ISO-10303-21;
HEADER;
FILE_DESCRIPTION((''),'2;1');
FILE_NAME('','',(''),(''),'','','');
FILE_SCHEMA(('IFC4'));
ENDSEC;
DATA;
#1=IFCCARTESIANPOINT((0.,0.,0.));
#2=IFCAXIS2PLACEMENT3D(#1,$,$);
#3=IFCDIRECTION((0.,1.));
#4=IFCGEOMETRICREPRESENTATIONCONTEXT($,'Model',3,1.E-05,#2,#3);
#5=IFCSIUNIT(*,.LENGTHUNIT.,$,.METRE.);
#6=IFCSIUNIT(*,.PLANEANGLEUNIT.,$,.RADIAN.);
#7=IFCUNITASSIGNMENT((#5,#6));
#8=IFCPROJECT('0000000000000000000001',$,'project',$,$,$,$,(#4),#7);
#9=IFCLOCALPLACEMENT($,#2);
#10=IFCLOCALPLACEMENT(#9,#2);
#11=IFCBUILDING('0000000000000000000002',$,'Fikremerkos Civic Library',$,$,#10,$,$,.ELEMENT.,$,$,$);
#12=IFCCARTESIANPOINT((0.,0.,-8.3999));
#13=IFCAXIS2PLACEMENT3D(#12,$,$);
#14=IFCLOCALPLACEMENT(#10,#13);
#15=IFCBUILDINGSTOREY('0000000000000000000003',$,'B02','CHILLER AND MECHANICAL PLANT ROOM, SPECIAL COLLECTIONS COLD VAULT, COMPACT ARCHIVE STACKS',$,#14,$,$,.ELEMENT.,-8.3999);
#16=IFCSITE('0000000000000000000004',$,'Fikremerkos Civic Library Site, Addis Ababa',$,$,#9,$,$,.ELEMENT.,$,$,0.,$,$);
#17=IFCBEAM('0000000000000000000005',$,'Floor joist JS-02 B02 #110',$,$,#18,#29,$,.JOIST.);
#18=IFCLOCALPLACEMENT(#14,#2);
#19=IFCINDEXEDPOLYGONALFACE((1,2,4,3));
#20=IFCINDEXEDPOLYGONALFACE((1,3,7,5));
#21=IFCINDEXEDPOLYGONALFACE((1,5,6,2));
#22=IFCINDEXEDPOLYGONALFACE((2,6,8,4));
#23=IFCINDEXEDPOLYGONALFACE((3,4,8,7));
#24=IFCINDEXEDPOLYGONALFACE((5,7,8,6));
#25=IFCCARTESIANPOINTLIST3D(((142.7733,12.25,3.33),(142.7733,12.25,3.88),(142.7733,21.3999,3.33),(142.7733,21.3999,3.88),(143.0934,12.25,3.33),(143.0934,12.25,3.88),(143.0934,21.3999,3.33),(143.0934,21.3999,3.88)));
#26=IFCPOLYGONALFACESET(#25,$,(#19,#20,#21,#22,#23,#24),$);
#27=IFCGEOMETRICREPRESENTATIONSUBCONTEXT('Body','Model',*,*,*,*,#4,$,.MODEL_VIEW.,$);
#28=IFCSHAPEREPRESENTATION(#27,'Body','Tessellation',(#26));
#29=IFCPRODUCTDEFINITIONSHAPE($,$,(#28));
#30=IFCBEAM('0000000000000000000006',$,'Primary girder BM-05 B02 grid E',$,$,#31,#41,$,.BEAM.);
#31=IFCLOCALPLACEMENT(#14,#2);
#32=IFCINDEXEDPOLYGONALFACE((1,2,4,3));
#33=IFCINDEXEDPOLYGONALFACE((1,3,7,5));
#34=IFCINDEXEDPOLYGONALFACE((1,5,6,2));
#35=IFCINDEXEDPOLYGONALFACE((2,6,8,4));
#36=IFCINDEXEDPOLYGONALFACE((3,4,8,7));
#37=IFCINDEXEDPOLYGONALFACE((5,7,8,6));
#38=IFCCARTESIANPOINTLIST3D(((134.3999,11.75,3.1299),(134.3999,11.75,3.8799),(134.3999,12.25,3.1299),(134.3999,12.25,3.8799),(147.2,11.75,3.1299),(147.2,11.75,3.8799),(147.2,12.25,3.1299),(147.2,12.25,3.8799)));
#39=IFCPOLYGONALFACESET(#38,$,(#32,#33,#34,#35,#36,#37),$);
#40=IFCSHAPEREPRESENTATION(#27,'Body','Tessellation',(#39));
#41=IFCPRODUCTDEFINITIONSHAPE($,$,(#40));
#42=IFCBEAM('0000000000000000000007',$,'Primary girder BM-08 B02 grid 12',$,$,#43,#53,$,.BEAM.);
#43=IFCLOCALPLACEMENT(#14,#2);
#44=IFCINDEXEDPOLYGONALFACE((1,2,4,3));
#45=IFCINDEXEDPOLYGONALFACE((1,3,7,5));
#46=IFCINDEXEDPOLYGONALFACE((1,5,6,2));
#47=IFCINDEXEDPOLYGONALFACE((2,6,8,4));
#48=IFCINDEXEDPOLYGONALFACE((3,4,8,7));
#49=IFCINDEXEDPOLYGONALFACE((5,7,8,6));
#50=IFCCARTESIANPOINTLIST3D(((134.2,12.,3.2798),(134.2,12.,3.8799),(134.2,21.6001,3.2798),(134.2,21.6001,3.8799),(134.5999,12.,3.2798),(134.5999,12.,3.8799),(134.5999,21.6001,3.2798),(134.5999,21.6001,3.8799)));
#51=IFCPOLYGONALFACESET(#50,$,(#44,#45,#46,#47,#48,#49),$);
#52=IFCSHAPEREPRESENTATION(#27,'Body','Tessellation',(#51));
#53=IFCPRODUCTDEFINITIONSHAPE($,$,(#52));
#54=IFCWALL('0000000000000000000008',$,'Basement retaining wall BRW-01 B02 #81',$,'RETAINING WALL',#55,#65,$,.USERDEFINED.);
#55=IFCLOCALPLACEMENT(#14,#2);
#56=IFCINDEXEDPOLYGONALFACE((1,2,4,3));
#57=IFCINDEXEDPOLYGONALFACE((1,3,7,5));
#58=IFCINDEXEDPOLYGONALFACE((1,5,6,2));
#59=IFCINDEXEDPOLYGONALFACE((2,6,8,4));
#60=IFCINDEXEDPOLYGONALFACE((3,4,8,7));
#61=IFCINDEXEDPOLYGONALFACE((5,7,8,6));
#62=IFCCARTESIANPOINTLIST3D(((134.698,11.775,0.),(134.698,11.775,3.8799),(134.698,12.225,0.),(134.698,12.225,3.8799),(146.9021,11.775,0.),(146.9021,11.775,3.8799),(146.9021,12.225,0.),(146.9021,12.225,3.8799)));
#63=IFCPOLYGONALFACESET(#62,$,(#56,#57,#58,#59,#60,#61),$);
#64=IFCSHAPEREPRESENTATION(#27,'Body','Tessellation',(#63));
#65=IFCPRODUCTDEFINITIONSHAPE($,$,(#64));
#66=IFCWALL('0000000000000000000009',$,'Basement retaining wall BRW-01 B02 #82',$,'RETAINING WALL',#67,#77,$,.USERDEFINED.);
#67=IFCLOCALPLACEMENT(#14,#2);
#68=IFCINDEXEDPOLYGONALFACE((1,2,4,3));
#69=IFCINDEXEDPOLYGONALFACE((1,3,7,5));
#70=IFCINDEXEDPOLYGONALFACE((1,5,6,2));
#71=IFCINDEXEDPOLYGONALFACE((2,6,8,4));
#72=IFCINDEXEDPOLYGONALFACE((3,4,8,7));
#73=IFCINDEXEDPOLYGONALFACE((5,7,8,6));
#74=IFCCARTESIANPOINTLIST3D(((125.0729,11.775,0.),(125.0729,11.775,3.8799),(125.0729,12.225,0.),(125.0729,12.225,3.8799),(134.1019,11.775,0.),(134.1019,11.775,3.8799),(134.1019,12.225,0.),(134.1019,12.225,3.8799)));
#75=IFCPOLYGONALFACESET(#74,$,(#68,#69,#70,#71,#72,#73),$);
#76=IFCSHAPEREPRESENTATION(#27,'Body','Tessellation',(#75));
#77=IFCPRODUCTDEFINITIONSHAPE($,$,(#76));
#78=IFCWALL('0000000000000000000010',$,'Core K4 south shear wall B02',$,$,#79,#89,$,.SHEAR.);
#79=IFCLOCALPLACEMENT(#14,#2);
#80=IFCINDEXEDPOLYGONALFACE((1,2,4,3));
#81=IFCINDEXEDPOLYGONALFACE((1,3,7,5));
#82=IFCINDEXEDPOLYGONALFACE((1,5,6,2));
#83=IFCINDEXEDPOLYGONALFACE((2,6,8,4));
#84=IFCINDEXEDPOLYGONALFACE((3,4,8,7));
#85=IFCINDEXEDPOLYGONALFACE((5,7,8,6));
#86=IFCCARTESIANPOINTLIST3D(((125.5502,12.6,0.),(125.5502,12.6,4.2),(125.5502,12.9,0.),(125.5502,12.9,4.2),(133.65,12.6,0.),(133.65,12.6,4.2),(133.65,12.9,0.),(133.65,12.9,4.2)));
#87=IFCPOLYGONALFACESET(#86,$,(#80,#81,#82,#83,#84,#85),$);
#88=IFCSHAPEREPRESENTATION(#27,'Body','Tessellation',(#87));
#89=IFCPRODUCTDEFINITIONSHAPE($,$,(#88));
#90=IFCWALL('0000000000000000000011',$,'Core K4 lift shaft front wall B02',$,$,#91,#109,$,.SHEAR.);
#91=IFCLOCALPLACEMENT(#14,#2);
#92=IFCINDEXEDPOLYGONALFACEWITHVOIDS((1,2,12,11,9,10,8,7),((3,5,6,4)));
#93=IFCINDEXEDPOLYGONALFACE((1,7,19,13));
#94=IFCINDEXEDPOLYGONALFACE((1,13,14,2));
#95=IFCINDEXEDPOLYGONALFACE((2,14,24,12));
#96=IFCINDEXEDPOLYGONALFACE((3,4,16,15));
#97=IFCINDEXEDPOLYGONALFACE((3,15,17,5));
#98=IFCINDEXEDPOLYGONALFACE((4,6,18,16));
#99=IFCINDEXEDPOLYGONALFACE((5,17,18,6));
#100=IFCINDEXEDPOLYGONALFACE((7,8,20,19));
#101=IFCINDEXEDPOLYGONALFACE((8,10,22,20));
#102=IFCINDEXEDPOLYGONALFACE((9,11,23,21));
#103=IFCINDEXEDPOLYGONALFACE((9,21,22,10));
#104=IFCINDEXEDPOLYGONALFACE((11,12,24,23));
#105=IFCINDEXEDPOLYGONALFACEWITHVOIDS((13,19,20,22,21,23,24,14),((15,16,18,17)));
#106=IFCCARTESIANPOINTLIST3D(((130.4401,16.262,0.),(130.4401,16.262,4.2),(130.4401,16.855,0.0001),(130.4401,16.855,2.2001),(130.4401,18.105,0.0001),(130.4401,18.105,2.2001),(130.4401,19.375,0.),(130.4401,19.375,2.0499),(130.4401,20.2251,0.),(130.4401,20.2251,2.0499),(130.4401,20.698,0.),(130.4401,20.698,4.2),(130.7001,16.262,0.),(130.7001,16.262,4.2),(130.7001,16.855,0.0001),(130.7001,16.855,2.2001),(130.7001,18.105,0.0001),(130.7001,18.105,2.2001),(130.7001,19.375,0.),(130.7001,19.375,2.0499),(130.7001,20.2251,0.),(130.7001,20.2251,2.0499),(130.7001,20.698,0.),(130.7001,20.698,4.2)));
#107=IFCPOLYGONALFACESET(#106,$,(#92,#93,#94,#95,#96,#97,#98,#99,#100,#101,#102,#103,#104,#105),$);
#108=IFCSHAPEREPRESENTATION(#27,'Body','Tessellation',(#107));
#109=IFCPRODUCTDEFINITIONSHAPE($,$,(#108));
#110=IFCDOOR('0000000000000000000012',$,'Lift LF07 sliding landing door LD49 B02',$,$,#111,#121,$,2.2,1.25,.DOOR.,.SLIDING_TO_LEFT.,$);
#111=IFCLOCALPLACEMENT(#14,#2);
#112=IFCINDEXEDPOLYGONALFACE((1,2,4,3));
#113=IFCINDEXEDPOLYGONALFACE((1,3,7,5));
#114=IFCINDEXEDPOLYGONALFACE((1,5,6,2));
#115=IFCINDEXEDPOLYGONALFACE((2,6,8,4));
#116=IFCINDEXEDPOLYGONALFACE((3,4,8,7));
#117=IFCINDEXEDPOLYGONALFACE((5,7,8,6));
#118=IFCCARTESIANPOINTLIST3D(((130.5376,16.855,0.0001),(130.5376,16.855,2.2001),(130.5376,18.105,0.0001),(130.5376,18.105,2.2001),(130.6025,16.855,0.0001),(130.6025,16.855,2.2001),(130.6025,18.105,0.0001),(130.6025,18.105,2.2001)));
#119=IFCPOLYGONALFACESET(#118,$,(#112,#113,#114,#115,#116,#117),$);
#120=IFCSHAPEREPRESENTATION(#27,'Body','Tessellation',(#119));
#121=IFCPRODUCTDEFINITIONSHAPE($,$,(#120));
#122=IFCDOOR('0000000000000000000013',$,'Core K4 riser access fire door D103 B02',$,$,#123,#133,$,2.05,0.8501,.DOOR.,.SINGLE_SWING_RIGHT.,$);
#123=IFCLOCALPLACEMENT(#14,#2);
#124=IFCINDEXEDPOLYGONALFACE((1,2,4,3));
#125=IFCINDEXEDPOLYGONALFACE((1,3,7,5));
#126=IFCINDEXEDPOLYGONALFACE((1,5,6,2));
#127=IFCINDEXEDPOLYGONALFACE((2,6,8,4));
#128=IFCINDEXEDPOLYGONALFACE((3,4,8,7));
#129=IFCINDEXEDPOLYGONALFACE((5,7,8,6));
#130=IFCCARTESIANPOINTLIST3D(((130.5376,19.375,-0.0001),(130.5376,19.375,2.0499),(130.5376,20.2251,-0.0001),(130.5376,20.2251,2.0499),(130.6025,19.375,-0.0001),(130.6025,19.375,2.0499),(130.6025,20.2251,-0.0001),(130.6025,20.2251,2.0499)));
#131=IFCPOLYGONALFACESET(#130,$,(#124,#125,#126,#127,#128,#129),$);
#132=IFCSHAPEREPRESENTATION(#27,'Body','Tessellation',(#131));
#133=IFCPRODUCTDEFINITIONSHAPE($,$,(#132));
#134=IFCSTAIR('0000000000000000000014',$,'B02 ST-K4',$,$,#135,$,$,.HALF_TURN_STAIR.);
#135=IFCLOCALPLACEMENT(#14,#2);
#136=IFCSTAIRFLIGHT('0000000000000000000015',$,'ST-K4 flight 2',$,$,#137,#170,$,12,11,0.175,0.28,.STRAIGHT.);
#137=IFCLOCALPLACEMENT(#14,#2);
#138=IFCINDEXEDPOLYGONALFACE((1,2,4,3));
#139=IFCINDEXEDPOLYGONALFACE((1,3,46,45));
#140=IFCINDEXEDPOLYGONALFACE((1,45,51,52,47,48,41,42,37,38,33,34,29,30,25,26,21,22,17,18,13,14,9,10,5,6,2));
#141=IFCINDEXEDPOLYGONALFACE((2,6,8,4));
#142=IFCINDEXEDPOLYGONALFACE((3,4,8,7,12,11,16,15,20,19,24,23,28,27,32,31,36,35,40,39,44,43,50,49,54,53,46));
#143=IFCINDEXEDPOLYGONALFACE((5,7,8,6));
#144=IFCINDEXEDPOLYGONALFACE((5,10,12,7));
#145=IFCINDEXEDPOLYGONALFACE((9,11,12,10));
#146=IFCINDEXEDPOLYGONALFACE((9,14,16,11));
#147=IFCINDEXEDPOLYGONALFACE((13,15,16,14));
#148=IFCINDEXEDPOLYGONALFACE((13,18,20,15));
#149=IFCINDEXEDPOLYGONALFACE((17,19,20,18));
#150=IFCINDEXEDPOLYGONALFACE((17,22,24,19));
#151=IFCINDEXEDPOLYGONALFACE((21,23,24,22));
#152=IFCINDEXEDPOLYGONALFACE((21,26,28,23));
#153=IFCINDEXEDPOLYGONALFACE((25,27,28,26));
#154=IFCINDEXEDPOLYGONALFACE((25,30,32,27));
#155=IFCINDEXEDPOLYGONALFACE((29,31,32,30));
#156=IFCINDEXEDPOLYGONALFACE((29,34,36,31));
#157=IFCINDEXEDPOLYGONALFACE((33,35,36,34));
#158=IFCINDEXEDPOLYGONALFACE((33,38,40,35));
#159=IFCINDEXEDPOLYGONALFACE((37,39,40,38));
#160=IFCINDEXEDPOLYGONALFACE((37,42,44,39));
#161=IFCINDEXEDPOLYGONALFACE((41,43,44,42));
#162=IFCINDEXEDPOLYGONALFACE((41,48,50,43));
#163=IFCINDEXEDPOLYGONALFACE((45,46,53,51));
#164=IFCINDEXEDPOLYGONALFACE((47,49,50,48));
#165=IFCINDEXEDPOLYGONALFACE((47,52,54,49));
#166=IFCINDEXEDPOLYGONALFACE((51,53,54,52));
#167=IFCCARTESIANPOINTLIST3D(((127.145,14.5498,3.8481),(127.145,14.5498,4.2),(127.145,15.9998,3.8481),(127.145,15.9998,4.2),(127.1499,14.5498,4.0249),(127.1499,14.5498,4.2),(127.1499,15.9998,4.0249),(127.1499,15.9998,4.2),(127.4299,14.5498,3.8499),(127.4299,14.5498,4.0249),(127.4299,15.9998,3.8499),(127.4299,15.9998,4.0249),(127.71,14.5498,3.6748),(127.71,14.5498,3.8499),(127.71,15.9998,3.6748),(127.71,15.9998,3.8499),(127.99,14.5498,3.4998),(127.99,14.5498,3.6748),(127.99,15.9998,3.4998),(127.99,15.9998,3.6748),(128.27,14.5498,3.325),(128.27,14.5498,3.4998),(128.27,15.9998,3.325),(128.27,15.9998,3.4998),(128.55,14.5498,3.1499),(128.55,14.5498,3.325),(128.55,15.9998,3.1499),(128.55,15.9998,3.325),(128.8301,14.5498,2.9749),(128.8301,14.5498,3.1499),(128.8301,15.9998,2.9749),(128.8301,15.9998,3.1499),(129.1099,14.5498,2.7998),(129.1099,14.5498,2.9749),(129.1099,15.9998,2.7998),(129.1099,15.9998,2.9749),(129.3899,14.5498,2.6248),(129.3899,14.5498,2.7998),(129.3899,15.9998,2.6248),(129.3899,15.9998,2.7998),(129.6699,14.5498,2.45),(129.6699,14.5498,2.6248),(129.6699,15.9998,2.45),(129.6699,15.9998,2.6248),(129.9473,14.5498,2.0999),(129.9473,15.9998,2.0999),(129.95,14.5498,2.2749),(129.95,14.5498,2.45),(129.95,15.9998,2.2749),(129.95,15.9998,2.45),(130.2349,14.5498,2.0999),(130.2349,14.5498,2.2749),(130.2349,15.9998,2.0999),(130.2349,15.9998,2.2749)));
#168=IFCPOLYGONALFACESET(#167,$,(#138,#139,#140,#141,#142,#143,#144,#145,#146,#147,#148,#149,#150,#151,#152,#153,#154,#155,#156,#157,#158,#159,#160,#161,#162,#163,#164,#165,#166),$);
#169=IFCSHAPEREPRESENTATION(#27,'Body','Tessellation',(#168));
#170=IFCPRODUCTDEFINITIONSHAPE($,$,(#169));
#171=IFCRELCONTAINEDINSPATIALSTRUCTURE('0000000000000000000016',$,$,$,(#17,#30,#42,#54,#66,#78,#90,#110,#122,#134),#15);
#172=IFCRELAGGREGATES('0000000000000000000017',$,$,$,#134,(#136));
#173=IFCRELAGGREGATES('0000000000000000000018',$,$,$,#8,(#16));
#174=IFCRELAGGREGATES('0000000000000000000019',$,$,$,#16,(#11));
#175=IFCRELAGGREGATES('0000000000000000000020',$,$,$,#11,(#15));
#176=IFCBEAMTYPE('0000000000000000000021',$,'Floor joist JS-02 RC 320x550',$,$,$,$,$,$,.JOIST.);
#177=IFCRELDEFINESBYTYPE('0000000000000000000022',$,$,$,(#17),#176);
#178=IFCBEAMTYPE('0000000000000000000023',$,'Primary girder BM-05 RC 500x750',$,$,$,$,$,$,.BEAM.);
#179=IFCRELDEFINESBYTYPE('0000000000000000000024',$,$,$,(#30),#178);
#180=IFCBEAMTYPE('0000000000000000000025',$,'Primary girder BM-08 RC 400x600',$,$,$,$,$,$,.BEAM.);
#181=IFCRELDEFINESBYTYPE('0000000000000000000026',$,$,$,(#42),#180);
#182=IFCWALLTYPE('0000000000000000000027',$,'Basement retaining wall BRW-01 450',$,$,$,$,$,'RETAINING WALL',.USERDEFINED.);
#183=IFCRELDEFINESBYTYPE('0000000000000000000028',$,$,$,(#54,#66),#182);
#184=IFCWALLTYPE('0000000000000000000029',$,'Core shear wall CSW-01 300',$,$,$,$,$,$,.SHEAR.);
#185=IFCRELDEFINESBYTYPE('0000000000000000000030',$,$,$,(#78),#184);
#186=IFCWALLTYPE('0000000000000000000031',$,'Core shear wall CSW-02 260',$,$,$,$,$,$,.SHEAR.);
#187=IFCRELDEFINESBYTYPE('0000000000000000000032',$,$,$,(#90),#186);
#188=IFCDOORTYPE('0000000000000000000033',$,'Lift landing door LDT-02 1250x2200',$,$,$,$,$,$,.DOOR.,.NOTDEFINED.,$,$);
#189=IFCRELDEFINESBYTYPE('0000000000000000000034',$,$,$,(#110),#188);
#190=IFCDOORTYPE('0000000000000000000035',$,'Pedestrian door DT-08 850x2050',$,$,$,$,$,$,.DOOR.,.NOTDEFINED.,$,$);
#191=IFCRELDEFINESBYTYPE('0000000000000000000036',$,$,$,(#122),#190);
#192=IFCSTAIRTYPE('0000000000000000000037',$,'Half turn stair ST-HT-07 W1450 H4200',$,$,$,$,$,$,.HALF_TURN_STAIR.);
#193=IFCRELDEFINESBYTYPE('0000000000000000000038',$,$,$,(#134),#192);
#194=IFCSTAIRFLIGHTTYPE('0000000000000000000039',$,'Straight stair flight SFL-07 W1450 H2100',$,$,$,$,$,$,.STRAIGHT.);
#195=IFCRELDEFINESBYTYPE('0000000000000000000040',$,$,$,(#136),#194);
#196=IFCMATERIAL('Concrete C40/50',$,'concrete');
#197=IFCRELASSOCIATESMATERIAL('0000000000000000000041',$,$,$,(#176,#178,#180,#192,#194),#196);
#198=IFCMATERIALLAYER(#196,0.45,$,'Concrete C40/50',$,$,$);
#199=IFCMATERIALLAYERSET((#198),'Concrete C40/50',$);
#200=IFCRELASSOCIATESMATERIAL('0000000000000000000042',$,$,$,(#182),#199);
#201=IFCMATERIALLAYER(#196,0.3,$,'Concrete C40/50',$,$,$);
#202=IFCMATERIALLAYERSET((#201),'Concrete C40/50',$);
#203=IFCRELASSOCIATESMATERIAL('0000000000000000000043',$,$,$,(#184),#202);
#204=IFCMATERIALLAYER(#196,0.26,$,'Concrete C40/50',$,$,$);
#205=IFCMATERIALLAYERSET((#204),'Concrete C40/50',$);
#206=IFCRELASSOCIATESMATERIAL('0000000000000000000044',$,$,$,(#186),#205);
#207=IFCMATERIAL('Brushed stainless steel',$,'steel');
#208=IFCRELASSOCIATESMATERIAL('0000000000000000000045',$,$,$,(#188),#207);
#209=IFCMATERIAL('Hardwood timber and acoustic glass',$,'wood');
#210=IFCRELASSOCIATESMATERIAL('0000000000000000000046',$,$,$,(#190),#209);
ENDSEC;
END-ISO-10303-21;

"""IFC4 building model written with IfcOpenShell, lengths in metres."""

from ifc_helpers import new_model, si_unit, direction, frame, frame_2d, origin, origin_2d, place, context, subcontext, project, spatial, polyline, rectangle, outline, extrude, material, layer, layer_set, material_profile, profile_set, type_object, element, fill, aggregate, save


model = new_model("IFC4")

# Units and contexts
model_context = context("Model", 3, precision=1e-05, world=origin(), true_north=direction((0.0, 1.0)))
body_context = subcontext(model_context, "Body", "Model", "MODEL_VIEW")
ifc_project = project(units=[si_unit("LENGTHUNIT", "METRE"), si_unit("PLANEANGLEUNIT", "RADIAN")], contexts=[model_context])

# Site, building, storey
site_placement = place(None, origin())
site = spatial("IfcSite", under=ifc_project, at=site_placement, Name="Fikremerkos Civic Library Site, Addis Ababa", CompositionType="ELEMENT", RefElevation=0.0)
building_placement = place(site_placement, origin())
building = spatial("IfcBuilding", under=site, at=building_placement, Name="Fikremerkos Civic Library", CompositionType="ELEMENT")
storey_placement = place(building_placement, frame((0.0, 0.0, -8.3999)))
storey = spatial("IfcBuildingStorey", under=building, at=storey_placement, Name="B02", Description="CHILLER AND MECHANICAL PLANT ROOM, SPECIAL COLLECTIONS COLD VAULT, COMPACT ARCHIVE STACKS", CompositionType="ELEMENT", Elevation=-8.3999)

# Shared definitions
ifc_material_1 = material(Name="Concrete C40/50", Category="concrete")

# Beams
ifc_material_profile_1 = material_profile(ifc_material_1, rectangle(XDim=0.3201, YDim=0.55, at=origin_2d()), Name="RC 320x550")
ifc_profile_set_1 = profile_set([ifc_material_profile_1], Name="Concrete C40/50")
beam_type_1 = type_object("IfcBeamType", Name="Floor joist JS-02 RC 320x550", PredefinedType="JOIST", material=ifc_profile_set_1)
beam_1_placement = place(storey_placement, frame((142.9333, 12.25, 3.605), z_axis=(0.0, 1.0, 0.0), x_axis=(-1.0, 0.0, 0.0)))
element("IfcBeam", 1, at=beam_1_placement, inside=storey, type_object=beam_type_1, Name="Floor joist JS-02 B02 #110", PredefinedType="JOIST", context=body_context, shape_type="SweptSolid", body=[
    extrude(rectangle(XDim=0.3201, YDim=0.55, at=origin_2d()), origin(), (0.0, 0.0, 1.0), 9.1499),
])
ifc_material_profile_2 = material_profile(ifc_material_1, rectangle(XDim=0.5, YDim=0.75, at=origin_2d()), Name="RC 500x750")
ifc_profile_set_2 = profile_set([ifc_material_profile_2], Name="Concrete C40/50")
beam_type_2 = type_object("IfcBeamType", Name="Primary girder BM-05 RC 500x750", PredefinedType="BEAM", material=ifc_profile_set_2)
beam_2_placement = place(storey_placement, frame((134.3999, 12.0, 3.5049), z_axis=(1.0, 0.0, 0.0), x_axis=(0.0, 1.0, 0.0)))
element("IfcBeam", 2, at=beam_2_placement, inside=storey, type_object=beam_type_2, Name="Primary girder BM-05 B02 grid E", PredefinedType="BEAM", context=body_context, shape_type="SweptSolid", body=[
    extrude(rectangle(XDim=0.5, YDim=0.75, at=origin_2d()), origin(), (0.0, 0.0, 1.0), 12.8),
])
ifc_material_profile_3 = material_profile(ifc_material_1, rectangle(XDim=0.3999, YDim=0.6001, at=origin_2d()), Name="RC 400x600")
ifc_profile_set_3 = profile_set([ifc_material_profile_3], Name="Concrete C40/50")
beam_type_3 = type_object("IfcBeamType", Name="Primary girder BM-08 RC 400x600", PredefinedType="BEAM", material=ifc_profile_set_3)
beam_3_placement = place(storey_placement, frame((134.3999, 12.0, 3.5798), z_axis=(0.0, 1.0, 0.0), x_axis=(-1.0, 0.0, 0.0)))
element("IfcBeam", 3, at=beam_3_placement, inside=storey, type_object=beam_type_3, Name="Primary girder BM-08 B02 grid 12", PredefinedType="BEAM", context=body_context, shape_type="SweptSolid", body=[
    extrude(rectangle(XDim=0.3999, YDim=0.6001, at=origin_2d()), origin(), (0.0, 0.0, 1.0), 9.6001),
])

# Walls
ifc_layer_1 = layer(ifc_material_1, 0.45, Name="Concrete C40/50")
ifc_layer_set_1 = layer_set([ifc_layer_1], Name="Concrete C40/50")
wall_type_1 = type_object("IfcWallType", Name="Basement retaining wall BRW-01 450", ElementType="RETAINING WALL", PredefinedType="USERDEFINED", material=ifc_layer_set_1)
wall_1_placement = place(storey_placement, frame((146.9021, 12.0, 0.0), z_axis=(0.0, 0.0, 1.0), x_axis=(-1.0, 0.0, 0.0)))
element("IfcWall", 4, at=wall_1_placement, inside=storey, type_object=wall_type_1, Name="Basement retaining wall BRW-01 B02 #81", ObjectType="RETAINING WALL", PredefinedType="USERDEFINED", context=body_context, shape_type="SweptSolid", body=[
    extrude(rectangle(XDim=12.2041, YDim=0.45, at=frame_2d((6.1021, 0.0))), origin(), (0.0, 0.0, 1.0), 3.8799),
])
wall_2_placement = place(storey_placement, frame((134.1021, 12.0, 0.0), z_axis=(0.0, 0.0, 1.0), x_axis=(-1.0, 0.0, 0.0)))
element("IfcWall", 5, at=wall_2_placement, inside=storey, type_object=wall_type_1, Name="Basement retaining wall BRW-01 B02 #82", ObjectType="RETAINING WALL", PredefinedType="USERDEFINED", context=body_context, shape_type="SweptSolid", body=[
    extrude(rectangle(XDim=9.0291, YDim=0.45, at=frame_2d((4.5146, 0.0))), origin(), (0.0, 0.0, 1.0), 3.8799),
])
ifc_layer_2 = layer(ifc_material_1, 0.3, Name="Concrete C40/50")
ifc_layer_set_2 = layer_set([ifc_layer_2], Name="Concrete C40/50")
wall_type_2 = type_object("IfcWallType", Name="Core shear wall CSW-01 300", PredefinedType="SHEAR", material=ifc_layer_set_2)
wall_3_placement = place(storey_placement, frame((133.6499, 12.75, 0.0), z_axis=(0.0, 0.0, 1.0), x_axis=(-1.0, 0.0, 0.0)))
element("IfcWall", 6, at=wall_3_placement, inside=storey, type_object=wall_type_2, Name="Core K4 south shear wall B02", PredefinedType="SHEAR", context=body_context, shape_type="SweptSolid", body=[
    extrude(rectangle(XDim=8.0999, YDim=0.3, at=frame_2d((4.0498, 0.0))), origin(), (0.0, 0.0, 1.0), 4.2),
])

# Wall, openings, doors
ifc_layer_3 = layer(ifc_material_1, 0.26, Name="Concrete C40/50")
ifc_layer_set_3 = layer_set([ifc_layer_3], Name="Concrete C40/50")
wall_type_3 = type_object("IfcWallType", Name="Core shear wall CSW-02 260", PredefinedType="SHEAR", material=ifc_layer_set_3)
wall_4_placement = place(storey_placement, frame((130.5701, 16.262, 0.0), z_axis=(0.0, 0.0, 1.0), x_axis=(0.0, 1.0, 0.0)))
wall_4 = element("IfcWall", 7, at=wall_4_placement, inside=storey, type_object=wall_type_3, Name="Core K4 lift shaft front wall B02", PredefinedType="SHEAR", context=body_context, shape_type="SweptSolid", body=[
    extrude(rectangle(XDim=4.436, YDim=0.26, at=frame_2d((2.218, 0.0))), origin(), (0.0, 0.0, 1.0), 4.2),
])
opening_1_placement = place(wall_4_placement, frame((3.113, 0.0, 0.0)))
opening_1 = element("IfcOpeningElement", 8, at=opening_1_placement, cuts=wall_4, PredefinedType="OPENING", context=body_context, shape_type="SweptSolid", body=[
    extrude(rectangle(XDim=0.8501, YDim=2.05, at=frame_2d((0.425, 1.0249))), frame((0.0, 0.1399, 0.0), z_axis=(0.0, -1.0, 0.0), x_axis=(1.0, 0.0, 0.0)), (0.0, 0.0, 1.0), 0.28),
])
opening_2_placement = place(wall_4_placement, frame((0.593, 0.0, 0.0)))
opening_2 = element("IfcOpeningElement", 9, at=opening_2_placement, cuts=wall_4, PredefinedType="OPENING", context=body_context, shape_type="SweptSolid", body=[
    extrude(rectangle(XDim=1.25, YDim=2.2, at=frame_2d((0.625, 1.1001))), frame((0.0, 0.1399, 0.0), z_axis=(0.0, -1.0, 0.0), x_axis=(1.0, 0.0, 0.0)), (0.0, 0.0, 1.0), 0.28),
])
ifc_material_2 = material(Name="Brushed stainless steel", Category="steel")
door_type_1 = type_object("IfcDoorType", Name="Lift landing door LDT-02 1250x2200", OperationType="NOTDEFINED", PredefinedType="DOOR", material=ifc_material_2)
door_1_placement = place(opening_2_placement, origin())
door_1 = element("IfcDoor", 10, at=door_1_placement, inside=storey, type_object=door_type_1, Name="Lift LF07 sliding landing door LD49 B02", OperationType="SLIDING_TO_LEFT", OverallHeight=2.2, OverallWidth=1.25, PredefinedType="DOOR", context=body_context, shape_type="SweptSolid", body=[
    extrude(rectangle(XDim=1.25, YDim=2.2, at=frame_2d((0.625, 1.1001))), frame((0.0, 0.0325, 0.0), z_axis=(0.0, -1.0, 0.0), x_axis=(1.0, 0.0, 0.0)), (0.0, 0.0, 1.0), 0.0649),
])
fill(opening_2, door_1)
ifc_material_3 = material(Name="Hardwood timber and acoustic glass", Category="wood")
door_type_2 = type_object("IfcDoorType", Name="Pedestrian door DT-08 850x2050", OperationType="NOTDEFINED", PredefinedType="DOOR", material=ifc_material_3)
door_2_placement = place(opening_1_placement, origin())
door_2 = element("IfcDoor", 11, at=door_2_placement, inside=storey, type_object=door_type_2, Name="Core K4 riser access fire door D103 B02", OperationType="SINGLE_SWING_RIGHT", OverallHeight=2.05, OverallWidth=0.8501, PredefinedType="DOOR", context=body_context, shape_type="SweptSolid", body=[
    extrude(rectangle(XDim=0.8501, YDim=2.05, at=frame_2d((0.425, 1.0249))), frame((0.0, 0.0325, 0.0), z_axis=(0.0, -1.0, 0.0), x_axis=(1.0, 0.0, 0.0)), (0.0, 0.0, 1.0), 0.0649),
])
fill(opening_1, door_2)

# Stair, stair flight
stair_type = type_object("IfcStairType", Name="Half turn stair ST-HT-07 W1450 H4200", PredefinedType="HALF_TURN_STAIR", material=ifc_material_1)
stair_placement = place(storey_placement, origin())
stair = element("IfcStair", 12, at=stair_placement, inside=storey, type_object=stair_type, Name="B02 ST-K4", PredefinedType="HALF_TURN_STAIR")
stair_flight_type = type_object("IfcStairFlightType", Name="Straight stair flight SFL-07 W1450 H2100", PredefinedType="STRAIGHT", material=ifc_material_1)
stair_flight_placement = place(storey_placement, frame((130.23, 15.2749, 2.0999), z_axis=(0.0, 0.0, 1.0), x_axis=(-1.0, 0.0, 0.0)))
stair_flight = element("IfcStairFlight", 13, at=stair_flight_placement, type_object=stair_flight_type, Name="ST-K4 flight 2", NumberOfRisers=12, NumberOfTreads=11, PredefinedType="STRAIGHT", RiserHeight=0.175, TreadLength=0.28, context=body_context, shape_type="SweptSolid", body=[
    extrude(outline(polyline([(-0.0049, 0.0), (-0.0049, 0.175), (0.28, 0.175), (0.28, 0.3501), (0.5601, 0.3501), (0.5601, 0.5249), (0.8401, 0.5249), (0.8401, 0.7), (1.1201, 0.7), (1.1201, 0.875), (1.3999, 0.875), (1.3999, 1.05), (1.6799, 1.05), (1.6799, 1.2251), (1.96, 1.2251), (1.96, 1.3999), (2.24, 1.3999), (2.24, 1.575), (2.52, 1.575), (2.52, 1.75), (2.8, 1.75), (2.8, 1.925), (3.0801, 1.925), (3.0801, 2.1001), (3.085, 2.1001), (3.085, 1.7483), (0.2827, 0.0), (-0.0049, 0.0)])), frame((0.0, 0.7251, 0.0), z_axis=(0.0, -1.0, 0.0), x_axis=(1.0, 0.0, 0.0)), (0.0, 0.0, 1.0), 1.45),
])
aggregate(stair, [stair_flight])

save(model, "model.ifc")
